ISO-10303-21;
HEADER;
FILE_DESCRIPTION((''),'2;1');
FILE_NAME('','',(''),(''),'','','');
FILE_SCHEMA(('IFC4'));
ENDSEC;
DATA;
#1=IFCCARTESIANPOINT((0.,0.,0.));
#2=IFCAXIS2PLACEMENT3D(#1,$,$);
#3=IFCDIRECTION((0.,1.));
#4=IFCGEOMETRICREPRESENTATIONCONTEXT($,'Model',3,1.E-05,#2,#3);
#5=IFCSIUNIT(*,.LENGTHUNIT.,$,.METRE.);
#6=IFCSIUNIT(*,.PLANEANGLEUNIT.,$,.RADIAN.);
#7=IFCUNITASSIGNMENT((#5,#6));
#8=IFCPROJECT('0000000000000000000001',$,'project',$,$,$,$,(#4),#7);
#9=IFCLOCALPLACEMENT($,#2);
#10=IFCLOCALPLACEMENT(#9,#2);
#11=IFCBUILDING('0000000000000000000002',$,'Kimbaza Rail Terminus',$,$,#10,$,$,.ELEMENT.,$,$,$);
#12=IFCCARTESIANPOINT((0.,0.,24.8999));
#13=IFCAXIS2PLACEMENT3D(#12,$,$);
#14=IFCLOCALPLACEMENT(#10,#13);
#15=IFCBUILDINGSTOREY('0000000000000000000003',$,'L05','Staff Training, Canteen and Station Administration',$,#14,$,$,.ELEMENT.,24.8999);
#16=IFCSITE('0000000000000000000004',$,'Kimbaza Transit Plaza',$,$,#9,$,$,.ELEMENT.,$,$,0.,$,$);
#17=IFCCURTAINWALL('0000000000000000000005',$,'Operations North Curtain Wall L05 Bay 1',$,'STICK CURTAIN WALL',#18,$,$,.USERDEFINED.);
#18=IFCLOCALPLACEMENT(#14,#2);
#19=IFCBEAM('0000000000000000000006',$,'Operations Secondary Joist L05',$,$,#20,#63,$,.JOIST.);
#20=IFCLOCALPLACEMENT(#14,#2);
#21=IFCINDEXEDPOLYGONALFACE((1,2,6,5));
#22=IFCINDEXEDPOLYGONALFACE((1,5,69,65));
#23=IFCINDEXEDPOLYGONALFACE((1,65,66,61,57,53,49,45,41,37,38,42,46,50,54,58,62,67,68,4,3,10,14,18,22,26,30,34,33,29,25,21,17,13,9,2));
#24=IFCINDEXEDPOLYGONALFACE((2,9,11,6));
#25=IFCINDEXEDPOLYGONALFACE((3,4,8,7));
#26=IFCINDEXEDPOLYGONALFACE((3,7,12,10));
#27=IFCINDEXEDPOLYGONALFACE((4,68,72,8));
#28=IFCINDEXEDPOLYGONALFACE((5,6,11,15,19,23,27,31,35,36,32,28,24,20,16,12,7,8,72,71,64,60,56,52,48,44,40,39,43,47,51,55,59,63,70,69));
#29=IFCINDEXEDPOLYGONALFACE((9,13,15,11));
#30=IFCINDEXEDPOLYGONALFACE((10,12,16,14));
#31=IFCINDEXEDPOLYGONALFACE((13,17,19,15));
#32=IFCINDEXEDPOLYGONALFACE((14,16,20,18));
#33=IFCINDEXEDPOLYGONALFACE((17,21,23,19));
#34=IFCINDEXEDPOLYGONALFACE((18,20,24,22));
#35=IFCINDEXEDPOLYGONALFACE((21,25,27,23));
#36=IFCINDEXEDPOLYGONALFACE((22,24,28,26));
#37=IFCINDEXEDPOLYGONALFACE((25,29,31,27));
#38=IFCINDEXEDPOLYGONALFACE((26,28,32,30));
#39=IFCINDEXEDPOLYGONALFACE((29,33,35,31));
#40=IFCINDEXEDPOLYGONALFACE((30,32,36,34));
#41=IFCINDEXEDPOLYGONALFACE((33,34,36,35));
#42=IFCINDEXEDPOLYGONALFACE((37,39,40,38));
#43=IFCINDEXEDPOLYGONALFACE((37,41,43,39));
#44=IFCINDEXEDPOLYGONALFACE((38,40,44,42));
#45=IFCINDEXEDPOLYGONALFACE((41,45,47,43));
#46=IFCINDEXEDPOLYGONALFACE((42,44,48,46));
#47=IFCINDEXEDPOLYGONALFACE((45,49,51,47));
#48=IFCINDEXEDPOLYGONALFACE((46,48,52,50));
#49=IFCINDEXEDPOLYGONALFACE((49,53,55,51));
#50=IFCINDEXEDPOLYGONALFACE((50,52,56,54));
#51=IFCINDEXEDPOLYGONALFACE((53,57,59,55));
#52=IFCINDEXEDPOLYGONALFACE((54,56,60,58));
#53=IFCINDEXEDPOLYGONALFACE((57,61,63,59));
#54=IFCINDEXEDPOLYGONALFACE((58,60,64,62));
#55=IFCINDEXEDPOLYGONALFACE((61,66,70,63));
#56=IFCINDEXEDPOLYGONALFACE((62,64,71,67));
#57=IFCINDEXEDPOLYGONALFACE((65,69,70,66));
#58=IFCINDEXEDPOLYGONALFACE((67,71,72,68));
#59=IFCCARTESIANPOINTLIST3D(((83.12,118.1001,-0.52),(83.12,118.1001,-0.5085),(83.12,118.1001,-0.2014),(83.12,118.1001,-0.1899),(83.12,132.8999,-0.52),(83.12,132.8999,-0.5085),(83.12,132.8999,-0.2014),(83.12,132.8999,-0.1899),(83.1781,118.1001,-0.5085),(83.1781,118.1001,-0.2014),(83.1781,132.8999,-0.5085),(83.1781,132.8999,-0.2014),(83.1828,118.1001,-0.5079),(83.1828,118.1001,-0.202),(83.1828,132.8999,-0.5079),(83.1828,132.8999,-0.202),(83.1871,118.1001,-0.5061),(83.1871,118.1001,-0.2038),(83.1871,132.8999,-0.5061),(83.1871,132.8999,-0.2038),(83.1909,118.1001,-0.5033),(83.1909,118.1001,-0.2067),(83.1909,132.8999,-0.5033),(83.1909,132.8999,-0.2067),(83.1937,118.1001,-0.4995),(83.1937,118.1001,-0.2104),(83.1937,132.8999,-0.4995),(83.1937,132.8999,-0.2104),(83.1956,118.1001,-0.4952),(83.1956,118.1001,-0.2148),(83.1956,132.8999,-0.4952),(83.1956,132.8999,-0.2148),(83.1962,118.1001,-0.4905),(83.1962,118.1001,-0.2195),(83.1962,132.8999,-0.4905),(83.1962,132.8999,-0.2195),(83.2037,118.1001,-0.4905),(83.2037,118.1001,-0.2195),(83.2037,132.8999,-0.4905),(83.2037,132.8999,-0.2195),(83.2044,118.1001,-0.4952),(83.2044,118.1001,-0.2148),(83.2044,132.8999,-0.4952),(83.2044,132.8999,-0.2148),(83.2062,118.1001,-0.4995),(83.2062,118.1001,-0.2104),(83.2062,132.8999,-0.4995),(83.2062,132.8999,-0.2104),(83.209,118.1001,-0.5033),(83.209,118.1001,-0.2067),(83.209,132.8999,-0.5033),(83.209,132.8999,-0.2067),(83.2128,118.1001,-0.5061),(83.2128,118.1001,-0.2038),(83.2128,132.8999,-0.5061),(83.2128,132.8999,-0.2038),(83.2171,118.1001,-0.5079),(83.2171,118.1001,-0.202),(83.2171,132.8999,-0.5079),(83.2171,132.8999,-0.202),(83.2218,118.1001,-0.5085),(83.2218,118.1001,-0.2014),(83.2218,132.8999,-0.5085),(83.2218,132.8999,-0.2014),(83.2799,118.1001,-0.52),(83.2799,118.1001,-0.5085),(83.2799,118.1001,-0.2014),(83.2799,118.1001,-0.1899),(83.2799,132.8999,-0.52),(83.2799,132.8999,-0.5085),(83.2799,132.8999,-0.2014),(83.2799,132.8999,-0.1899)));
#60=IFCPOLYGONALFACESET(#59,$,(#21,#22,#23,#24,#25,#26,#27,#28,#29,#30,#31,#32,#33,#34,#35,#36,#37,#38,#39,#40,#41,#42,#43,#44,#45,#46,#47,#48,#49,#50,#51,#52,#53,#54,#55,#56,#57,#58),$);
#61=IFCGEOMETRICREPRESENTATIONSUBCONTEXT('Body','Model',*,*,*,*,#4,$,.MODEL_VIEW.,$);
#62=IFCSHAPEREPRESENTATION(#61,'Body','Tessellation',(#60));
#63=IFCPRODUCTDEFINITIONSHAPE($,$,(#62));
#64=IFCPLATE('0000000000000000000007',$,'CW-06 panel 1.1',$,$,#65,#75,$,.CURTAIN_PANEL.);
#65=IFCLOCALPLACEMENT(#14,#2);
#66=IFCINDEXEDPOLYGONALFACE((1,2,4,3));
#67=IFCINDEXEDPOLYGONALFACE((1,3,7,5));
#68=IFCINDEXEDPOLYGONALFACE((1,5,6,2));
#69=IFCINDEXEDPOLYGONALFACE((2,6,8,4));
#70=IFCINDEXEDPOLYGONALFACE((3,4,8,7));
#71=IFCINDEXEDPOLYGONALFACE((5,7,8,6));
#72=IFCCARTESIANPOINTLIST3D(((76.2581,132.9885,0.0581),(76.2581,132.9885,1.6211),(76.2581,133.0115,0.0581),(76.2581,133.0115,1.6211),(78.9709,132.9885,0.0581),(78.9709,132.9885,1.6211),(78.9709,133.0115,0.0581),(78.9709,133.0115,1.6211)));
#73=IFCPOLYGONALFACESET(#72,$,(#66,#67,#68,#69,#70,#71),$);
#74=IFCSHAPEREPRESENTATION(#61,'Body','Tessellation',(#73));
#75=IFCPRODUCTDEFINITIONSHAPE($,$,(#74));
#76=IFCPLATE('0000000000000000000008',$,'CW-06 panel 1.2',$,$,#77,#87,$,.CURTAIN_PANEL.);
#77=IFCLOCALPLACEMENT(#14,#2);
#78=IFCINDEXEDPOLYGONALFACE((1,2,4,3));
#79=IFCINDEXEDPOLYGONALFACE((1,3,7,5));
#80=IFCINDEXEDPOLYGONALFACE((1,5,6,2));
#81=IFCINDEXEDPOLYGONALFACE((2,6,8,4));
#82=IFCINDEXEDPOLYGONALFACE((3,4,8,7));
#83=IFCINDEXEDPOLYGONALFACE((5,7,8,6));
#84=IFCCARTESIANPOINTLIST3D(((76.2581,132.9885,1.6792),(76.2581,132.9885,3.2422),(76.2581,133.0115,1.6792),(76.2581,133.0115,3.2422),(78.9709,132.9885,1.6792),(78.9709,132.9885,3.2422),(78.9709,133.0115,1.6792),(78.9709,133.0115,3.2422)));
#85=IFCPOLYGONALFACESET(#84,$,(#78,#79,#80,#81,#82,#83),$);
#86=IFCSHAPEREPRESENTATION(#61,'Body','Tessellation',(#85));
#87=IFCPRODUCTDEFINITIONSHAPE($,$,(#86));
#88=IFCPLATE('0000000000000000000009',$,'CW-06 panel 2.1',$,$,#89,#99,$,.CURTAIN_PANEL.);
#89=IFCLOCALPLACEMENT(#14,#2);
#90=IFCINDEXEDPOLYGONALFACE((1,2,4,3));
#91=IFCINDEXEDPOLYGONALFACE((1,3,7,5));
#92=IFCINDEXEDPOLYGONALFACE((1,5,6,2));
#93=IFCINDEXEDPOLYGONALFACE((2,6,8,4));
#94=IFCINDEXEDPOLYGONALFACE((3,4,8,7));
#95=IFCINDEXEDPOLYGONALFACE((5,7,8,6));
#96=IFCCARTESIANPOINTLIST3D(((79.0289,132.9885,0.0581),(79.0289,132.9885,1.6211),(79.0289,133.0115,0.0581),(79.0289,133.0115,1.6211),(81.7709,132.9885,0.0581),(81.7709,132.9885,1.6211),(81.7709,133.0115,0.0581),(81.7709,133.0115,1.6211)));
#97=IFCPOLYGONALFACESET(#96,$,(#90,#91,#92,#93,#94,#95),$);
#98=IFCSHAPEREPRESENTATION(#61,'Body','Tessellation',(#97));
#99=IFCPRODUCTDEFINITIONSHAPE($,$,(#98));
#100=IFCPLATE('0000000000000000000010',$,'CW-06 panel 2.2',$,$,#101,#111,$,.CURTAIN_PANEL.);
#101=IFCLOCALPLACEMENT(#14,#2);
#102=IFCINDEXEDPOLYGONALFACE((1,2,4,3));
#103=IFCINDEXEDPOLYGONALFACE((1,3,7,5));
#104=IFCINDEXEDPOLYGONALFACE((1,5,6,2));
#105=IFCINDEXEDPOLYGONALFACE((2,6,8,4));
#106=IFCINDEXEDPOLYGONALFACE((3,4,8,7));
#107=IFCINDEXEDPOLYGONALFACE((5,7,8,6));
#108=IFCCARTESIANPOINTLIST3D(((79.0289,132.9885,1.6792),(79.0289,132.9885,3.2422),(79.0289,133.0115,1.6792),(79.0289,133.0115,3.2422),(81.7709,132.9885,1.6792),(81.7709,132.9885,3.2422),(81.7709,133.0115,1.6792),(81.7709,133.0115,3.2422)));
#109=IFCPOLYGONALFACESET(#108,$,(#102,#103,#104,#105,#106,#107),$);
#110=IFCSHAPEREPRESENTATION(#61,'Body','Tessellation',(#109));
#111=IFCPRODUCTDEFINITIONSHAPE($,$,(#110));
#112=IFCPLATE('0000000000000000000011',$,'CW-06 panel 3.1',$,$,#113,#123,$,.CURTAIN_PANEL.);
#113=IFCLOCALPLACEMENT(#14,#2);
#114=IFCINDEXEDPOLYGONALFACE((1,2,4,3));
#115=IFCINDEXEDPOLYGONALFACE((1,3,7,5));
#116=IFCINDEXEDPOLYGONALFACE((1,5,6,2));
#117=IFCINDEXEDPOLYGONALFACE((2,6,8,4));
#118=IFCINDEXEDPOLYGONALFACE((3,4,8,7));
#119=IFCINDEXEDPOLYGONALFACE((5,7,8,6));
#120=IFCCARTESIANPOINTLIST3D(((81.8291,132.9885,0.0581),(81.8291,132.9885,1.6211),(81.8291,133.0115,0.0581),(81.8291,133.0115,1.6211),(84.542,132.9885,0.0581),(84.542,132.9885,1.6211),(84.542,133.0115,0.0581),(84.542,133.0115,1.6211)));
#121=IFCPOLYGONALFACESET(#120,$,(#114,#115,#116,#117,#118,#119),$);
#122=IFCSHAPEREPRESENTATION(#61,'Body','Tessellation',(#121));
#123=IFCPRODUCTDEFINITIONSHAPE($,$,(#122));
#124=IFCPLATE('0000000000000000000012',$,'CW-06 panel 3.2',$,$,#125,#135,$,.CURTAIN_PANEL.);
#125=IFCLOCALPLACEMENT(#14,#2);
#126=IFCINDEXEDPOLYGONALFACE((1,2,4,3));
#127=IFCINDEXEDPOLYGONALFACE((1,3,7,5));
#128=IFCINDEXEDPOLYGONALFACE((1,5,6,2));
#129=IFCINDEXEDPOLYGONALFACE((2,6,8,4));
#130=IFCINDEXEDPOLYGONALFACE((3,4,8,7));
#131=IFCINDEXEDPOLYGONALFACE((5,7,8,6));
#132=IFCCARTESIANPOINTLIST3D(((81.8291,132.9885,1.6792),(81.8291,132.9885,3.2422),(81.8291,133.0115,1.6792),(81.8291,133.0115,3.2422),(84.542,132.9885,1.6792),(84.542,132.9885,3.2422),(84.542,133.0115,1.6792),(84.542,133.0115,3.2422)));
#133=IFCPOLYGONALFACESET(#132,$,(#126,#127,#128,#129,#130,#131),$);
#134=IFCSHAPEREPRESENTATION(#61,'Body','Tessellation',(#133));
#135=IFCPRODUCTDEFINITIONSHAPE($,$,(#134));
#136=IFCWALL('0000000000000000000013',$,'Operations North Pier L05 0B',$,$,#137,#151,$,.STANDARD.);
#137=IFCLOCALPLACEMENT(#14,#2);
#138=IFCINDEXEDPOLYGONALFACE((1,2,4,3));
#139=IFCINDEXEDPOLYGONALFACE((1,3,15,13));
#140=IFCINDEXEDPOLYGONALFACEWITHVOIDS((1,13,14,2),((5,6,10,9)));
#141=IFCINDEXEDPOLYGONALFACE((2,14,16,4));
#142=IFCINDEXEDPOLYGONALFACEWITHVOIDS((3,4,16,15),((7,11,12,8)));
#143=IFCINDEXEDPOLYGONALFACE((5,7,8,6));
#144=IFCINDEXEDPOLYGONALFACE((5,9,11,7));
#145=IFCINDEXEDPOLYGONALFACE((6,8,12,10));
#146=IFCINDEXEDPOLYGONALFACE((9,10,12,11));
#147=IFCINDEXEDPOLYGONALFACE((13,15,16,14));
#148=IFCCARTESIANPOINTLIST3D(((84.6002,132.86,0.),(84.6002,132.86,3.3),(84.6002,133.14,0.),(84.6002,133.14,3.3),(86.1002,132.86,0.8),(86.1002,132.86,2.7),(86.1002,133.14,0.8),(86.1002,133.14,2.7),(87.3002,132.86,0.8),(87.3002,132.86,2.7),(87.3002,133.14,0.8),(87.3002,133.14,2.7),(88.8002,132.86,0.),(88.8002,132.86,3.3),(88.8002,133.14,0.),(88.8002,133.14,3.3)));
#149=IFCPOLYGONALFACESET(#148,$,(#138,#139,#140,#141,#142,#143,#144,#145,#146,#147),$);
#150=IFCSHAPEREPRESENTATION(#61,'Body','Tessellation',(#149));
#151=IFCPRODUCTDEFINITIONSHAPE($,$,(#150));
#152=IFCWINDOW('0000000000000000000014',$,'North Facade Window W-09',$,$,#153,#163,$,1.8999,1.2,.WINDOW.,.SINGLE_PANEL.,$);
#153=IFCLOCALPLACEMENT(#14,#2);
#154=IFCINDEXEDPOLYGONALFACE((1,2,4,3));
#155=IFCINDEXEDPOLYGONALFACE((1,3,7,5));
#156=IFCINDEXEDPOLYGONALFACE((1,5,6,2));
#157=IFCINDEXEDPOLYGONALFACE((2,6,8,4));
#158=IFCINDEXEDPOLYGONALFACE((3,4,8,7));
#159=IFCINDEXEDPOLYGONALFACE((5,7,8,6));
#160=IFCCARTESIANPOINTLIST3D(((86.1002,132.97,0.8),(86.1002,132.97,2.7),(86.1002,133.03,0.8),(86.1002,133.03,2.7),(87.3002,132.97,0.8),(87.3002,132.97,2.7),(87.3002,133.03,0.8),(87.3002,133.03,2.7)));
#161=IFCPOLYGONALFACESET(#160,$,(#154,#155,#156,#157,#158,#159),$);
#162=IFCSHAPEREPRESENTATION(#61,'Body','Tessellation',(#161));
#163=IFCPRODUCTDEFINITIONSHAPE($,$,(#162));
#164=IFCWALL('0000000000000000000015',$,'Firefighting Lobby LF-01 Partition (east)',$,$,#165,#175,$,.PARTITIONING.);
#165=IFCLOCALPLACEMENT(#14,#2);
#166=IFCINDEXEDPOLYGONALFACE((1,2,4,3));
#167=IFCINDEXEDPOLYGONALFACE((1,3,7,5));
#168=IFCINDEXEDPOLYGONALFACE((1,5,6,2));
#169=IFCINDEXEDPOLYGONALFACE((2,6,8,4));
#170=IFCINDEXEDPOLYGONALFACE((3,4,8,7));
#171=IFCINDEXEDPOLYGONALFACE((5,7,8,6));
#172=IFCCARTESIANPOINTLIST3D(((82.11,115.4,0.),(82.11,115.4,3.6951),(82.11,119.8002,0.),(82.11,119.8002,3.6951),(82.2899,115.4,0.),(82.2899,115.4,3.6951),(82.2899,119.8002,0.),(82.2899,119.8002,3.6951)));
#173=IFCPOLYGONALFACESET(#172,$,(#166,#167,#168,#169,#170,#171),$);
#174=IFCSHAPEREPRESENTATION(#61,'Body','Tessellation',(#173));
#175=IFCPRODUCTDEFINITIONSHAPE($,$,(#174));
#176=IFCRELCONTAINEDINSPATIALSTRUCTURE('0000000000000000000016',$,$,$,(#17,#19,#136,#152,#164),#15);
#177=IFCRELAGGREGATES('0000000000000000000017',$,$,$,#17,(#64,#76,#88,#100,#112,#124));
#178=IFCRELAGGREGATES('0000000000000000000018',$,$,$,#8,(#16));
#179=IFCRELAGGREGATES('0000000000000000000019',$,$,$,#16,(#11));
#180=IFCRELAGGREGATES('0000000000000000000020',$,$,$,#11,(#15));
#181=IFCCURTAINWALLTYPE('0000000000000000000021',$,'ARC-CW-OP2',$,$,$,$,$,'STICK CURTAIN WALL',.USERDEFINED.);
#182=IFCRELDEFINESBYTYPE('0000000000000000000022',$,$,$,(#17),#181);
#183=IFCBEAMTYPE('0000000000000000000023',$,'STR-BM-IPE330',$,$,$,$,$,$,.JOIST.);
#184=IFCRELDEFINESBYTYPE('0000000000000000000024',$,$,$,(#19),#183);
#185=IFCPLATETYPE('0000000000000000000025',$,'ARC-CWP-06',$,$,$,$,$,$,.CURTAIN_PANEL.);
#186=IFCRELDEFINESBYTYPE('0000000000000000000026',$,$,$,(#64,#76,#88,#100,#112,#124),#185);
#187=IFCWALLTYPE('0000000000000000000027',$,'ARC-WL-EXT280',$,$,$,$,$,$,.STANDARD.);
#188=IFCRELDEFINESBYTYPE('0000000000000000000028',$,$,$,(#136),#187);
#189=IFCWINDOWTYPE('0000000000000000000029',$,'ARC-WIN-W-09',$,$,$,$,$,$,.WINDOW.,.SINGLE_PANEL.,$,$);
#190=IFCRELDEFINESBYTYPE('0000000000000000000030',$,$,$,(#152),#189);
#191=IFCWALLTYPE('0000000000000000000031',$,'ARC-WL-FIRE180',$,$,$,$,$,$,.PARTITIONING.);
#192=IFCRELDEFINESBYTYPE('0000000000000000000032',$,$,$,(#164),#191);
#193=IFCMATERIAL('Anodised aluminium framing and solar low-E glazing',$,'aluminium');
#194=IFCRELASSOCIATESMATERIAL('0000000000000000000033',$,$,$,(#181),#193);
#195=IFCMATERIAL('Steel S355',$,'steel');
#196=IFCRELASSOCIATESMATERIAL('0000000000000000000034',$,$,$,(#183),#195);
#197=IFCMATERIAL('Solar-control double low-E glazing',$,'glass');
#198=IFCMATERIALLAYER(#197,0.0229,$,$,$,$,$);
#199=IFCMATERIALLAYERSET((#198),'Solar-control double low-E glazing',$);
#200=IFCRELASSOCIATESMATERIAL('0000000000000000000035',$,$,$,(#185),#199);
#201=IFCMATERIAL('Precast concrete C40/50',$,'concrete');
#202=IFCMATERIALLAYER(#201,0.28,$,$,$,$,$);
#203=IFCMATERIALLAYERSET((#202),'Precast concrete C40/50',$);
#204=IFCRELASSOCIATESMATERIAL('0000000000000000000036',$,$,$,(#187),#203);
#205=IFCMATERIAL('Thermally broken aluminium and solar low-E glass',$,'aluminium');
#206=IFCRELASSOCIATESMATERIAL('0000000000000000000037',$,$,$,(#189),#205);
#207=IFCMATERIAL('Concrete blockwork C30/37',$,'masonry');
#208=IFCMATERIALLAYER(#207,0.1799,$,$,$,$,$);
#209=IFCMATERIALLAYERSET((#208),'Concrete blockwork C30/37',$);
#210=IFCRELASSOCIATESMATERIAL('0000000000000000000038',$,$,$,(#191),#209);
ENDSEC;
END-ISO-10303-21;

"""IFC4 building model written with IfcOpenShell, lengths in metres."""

from ifc_helpers import new_model, si_unit, direction, frame, frame_2d, origin, origin_2d, place, context, subcontext, project, spatial, rectangle, i_section, extrude, material, layer, layer_set, material_profile, profile_set, type_object, element, fill, aggregate, save


model = new_model("IFC4")

# Units and contexts
model_context = context("Model", 3, precision=1e-05, world=origin(), true_north=direction((0.0, 1.0)))
body_context = subcontext(model_context, "Body", "Model", "MODEL_VIEW")
ifc_project = project(units=[si_unit("LENGTHUNIT", "METRE"), si_unit("PLANEANGLEUNIT", "RADIAN")], contexts=[model_context])

# Site, building, storey
site_placement = place(None, origin())
site = spatial("IfcSite", under=ifc_project, at=site_placement, Name="Kimbaza Transit Plaza", CompositionType="ELEMENT", RefElevation=0.0)
building_placement = place(site_placement, origin())
building = spatial("IfcBuilding", under=site, at=building_placement, Name="Kimbaza Rail Terminus", CompositionType="ELEMENT")
storey_placement = place(building_placement, frame((0.0, 0.0, 24.8999)))
storey = spatial("IfcBuildingStorey", under=building, at=storey_placement, Name="L05", Description="Staff Training, Canteen and Station Administration", CompositionType="ELEMENT", Elevation=24.8999)

# Curtain wall
ifc_material_1 = material(Name="Anodised aluminium framing and solar low-E glazing", Category="aluminium")
curtain_wall_type = type_object("IfcCurtainWallType", Name="ARC-CW-OP2", ElementType="STICK CURTAIN WALL", PredefinedType="USERDEFINED", material=ifc_material_1)
curtain_wall_placement = place(storey_placement, origin())
curtain_wall = element("IfcCurtainWall", 1, at=curtain_wall_placement, inside=storey, type_object=curtain_wall_type, Name="Operations North Curtain Wall L05 Bay 1", ObjectType="STICK CURTAIN WALL", PredefinedType="USERDEFINED")

# Beam
ifc_material_2 = material(Name="Steel S355", Category="steel")
ifc_material_profile_1 = material_profile(ifc_material_2, i_section(OverallWidth=0.1599, OverallDepth=0.3301, WebThickness=0.0076, FlangeThickness=0.0115, FilletRadius=0.0181, at=origin_2d()), Name="IPE 330")
ifc_profile_set_1 = profile_set([ifc_material_profile_1], Name="Steel S355")
beam_type = type_object("IfcBeamType", Name="STR-BM-IPE330", PredefinedType="JOIST", material=ifc_profile_set_1)
for number, where, z_axis, x_axis, name in (
    (2, (83.2, 118.1001, -0.355), (0.0, 1.0, 0.0), (-1.0, 0.0, 0.0), "Operations Secondary Joist L05"),
):
    element("IfcBeam", number, at=place(storey_placement, frame(where, z_axis=z_axis, x_axis=x_axis)), inside=storey, type_object=beam_type, Name=name, PredefinedType="JOIST", context=body_context, shape_type="SweptSolid", body=[
        extrude(i_section(OverallWidth=0.1599, OverallDepth=0.3301, WebThickness=0.0076, FlangeThickness=0.0115, FilletRadius=0.0181, at=origin_2d()), origin(), (0.0, 0.0, 1.0), 14.7998),
    ])

# Plates
ifc_material_3 = material(Name="Solar-control double low-E glazing", Category="glass")
ifc_layer_1 = layer(ifc_material_3, 0.0229)
ifc_layer_set_1 = layer_set([ifc_layer_1], Name="Solar-control double low-E glazing")
plate_type = type_object("IfcPlateType", Name="ARC-CWP-06", PredefinedType="CURTAIN_PANEL", material=ifc_layer_set_1)
plate_1_placement = place(storey_placement, frame((77.6145, 133.0, 0.0581), z_axis=(0.0, 0.0, 1.0), x_axis=(1.0, 0.0, 0.0)))
plate_1 = element("IfcPlate", 3, at=plate_1_placement, type_object=plate_type, Name="CW-06 panel 1.1", PredefinedType="CURTAIN_PANEL", context=body_context, shape_type="SweptSolid", body=[
    extrude(rectangle(XDim=2.7129, YDim=0.0229, at=origin_2d()), origin(), (0.0, 0.0, 1.0), 1.563),
])
plate_2_placement = place(storey_placement, frame((77.6145, 133.0, 1.6792), z_axis=(0.0, 0.0, 1.0), x_axis=(1.0, 0.0, 0.0)))
plate_2 = element("IfcPlate", 4, at=plate_2_placement, type_object=plate_type, Name="CW-06 panel 1.2", PredefinedType="CURTAIN_PANEL", context=body_context, shape_type="SweptSolid", body=[
    extrude(rectangle(XDim=2.7129, YDim=0.0229, at=origin_2d()), origin(), (0.0, 0.0, 1.0), 1.563),
])
plate_3_placement = place(storey_placement, frame((80.3999, 133.0, 0.0581), z_axis=(0.0, 0.0, 1.0), x_axis=(1.0, 0.0, 0.0)))
plate_3 = element("IfcPlate", 5, at=plate_3_placement, type_object=plate_type, Name="CW-06 panel 2.1", PredefinedType="CURTAIN_PANEL", context=body_context, shape_type="SweptSolid", body=[
    extrude(rectangle(XDim=2.7419, YDim=0.0229, at=origin_2d()), origin(), (0.0, 0.0, 1.0), 1.563),
])
plate_4_placement = place(storey_placement, frame((80.3999, 133.0, 1.6792), z_axis=(0.0, 0.0, 1.0), x_axis=(1.0, 0.0, 0.0)))
plate_4 = element("IfcPlate", 6, at=plate_4_placement, type_object=plate_type, Name="CW-06 panel 2.2", PredefinedType="CURTAIN_PANEL", context=body_context, shape_type="SweptSolid", body=[
    extrude(rectangle(XDim=2.7419, YDim=0.0229, at=origin_2d()), origin(), (0.0, 0.0, 1.0), 1.563),
])
plate_5_placement = place(storey_placement, frame((83.1855, 133.0, 0.0581), z_axis=(0.0, 0.0, 1.0), x_axis=(1.0, 0.0, 0.0)))
plate_5 = element("IfcPlate", 7, at=plate_5_placement, type_object=plate_type, Name="CW-06 panel 3.1", PredefinedType="CURTAIN_PANEL", context=body_context, shape_type="SweptSolid", body=[
    extrude(rectangle(XDim=2.7129, YDim=0.0229, at=origin_2d()), origin(), (0.0, 0.0, 1.0), 1.563),
])
plate_6_placement = place(storey_placement, frame((83.1855, 133.0, 1.6792), z_axis=(0.0, 0.0, 1.0), x_axis=(1.0, 0.0, 0.0)))
plate_6 = element("IfcPlate", 8, at=plate_6_placement, type_object=plate_type, Name="CW-06 panel 3.2", PredefinedType="CURTAIN_PANEL", context=body_context, shape_type="SweptSolid", body=[
    extrude(rectangle(XDim=2.7129, YDim=0.0229, at=origin_2d()), origin(), (0.0, 0.0, 1.0), 1.563),
])
aggregate(curtain_wall, [plate_1, plate_2, plate_3, plate_4, plate_5, plate_6])

# Wall, opening, window
ifc_material_4 = material(Name="Precast concrete C40/50", Category="concrete")
ifc_layer_2 = layer(ifc_material_4, 0.28)
ifc_layer_set_2 = layer_set([ifc_layer_2], Name="Precast concrete C40/50")
wall_type_1 = type_object("IfcWallType", Name="ARC-WL-EXT280", PredefinedType="STANDARD", material=ifc_layer_set_2)
wall_1_placement = place(storey_placement, frame((84.6001, 133.0, 0.0), z_axis=(0.0, 0.0, 1.0), x_axis=(1.0, 0.0, 0.0)))
wall_1 = element("IfcWall", 9, at=wall_1_placement, inside=storey, type_object=wall_type_1, Name="Operations North Pier L05 0B", PredefinedType="STANDARD", context=body_context, shape_type="SweptSolid", body=[
    extrude(rectangle(XDim=4.2, YDim=0.28, at=frame_2d((2.1001, 0.0))), origin(), (0.0, 0.0, 1.0), 3.3),
])
opening_1_placement = place(wall_1_placement, frame((1.5, 0.0, 0.8)))
opening_1 = element("IfcOpeningElement", 10, at=opening_1_placement, cuts=wall_1, PredefinedType="OPENING", context=body_context, shape_type="SweptSolid", body=[
    extrude(rectangle(XDim=1.2, YDim=1.8999, at=frame_2d((0.6001, 0.95))), frame((0.0, 0.1499, 0.0), z_axis=(0.0, -1.0, 0.0), x_axis=(1.0, 0.0, 0.0)), (0.0, 0.0, 1.0), 0.3),
])
ifc_material_5 = material(Name="Thermally broken aluminium and solar low-E glass", Category="aluminium")
window_type = type_object("IfcWindowType", Name="ARC-WIN-W-09", PartitioningType="SINGLE_PANEL", PredefinedType="WINDOW", material=ifc_material_5)
window_placement = place(opening_1_placement, origin())
window = element("IfcWindow", 11, at=window_placement, inside=storey, type_object=window_type, Name="North Facade Window W-09", OverallHeight=1.8999, OverallWidth=1.2, PartitioningType="SINGLE_PANEL", PredefinedType="WINDOW", context=body_context, shape_type="SweptSolid", body=[
    extrude(rectangle(XDim=1.2, YDim=1.8999, at=frame_2d((0.6001, 0.95))), frame((0.0, 0.03, 0.0), z_axis=(0.0, -1.0, 0.0), x_axis=(1.0, 0.0, 0.0)), (0.0, 0.0, 1.0), 0.0601),
])
fill(opening_1, window)

# Wall
ifc_material_6 = material(Name="Concrete blockwork C30/37", Category="masonry")
ifc_layer_3 = layer(ifc_material_6, 0.1799)
ifc_layer_set_3 = layer_set([ifc_layer_3], Name="Concrete blockwork C30/37")
wall_type_2 = type_object("IfcWallType", Name="ARC-WL-FIRE180", PredefinedType="PARTITIONING", material=ifc_layer_set_3)
wall_2_placement = place(storey_placement, frame((82.2, 115.3999, 0.0), z_axis=(0.0, 0.0, 1.0), x_axis=(0.0, 1.0, 0.0)))
element("IfcWall", 12, at=wall_2_placement, inside=storey, type_object=wall_type_2, Name="Firefighting Lobby LF-01 Partition (east)", PredefinedType="PARTITIONING", context=body_context, shape_type="SweptSolid", body=[
    extrude(rectangle(XDim=4.4001, YDim=0.1799, at=frame_2d((2.2002, 0.0))), origin(), (0.0, 0.0, 1.0), 3.6951),
])

save(model, "model.ifc")
